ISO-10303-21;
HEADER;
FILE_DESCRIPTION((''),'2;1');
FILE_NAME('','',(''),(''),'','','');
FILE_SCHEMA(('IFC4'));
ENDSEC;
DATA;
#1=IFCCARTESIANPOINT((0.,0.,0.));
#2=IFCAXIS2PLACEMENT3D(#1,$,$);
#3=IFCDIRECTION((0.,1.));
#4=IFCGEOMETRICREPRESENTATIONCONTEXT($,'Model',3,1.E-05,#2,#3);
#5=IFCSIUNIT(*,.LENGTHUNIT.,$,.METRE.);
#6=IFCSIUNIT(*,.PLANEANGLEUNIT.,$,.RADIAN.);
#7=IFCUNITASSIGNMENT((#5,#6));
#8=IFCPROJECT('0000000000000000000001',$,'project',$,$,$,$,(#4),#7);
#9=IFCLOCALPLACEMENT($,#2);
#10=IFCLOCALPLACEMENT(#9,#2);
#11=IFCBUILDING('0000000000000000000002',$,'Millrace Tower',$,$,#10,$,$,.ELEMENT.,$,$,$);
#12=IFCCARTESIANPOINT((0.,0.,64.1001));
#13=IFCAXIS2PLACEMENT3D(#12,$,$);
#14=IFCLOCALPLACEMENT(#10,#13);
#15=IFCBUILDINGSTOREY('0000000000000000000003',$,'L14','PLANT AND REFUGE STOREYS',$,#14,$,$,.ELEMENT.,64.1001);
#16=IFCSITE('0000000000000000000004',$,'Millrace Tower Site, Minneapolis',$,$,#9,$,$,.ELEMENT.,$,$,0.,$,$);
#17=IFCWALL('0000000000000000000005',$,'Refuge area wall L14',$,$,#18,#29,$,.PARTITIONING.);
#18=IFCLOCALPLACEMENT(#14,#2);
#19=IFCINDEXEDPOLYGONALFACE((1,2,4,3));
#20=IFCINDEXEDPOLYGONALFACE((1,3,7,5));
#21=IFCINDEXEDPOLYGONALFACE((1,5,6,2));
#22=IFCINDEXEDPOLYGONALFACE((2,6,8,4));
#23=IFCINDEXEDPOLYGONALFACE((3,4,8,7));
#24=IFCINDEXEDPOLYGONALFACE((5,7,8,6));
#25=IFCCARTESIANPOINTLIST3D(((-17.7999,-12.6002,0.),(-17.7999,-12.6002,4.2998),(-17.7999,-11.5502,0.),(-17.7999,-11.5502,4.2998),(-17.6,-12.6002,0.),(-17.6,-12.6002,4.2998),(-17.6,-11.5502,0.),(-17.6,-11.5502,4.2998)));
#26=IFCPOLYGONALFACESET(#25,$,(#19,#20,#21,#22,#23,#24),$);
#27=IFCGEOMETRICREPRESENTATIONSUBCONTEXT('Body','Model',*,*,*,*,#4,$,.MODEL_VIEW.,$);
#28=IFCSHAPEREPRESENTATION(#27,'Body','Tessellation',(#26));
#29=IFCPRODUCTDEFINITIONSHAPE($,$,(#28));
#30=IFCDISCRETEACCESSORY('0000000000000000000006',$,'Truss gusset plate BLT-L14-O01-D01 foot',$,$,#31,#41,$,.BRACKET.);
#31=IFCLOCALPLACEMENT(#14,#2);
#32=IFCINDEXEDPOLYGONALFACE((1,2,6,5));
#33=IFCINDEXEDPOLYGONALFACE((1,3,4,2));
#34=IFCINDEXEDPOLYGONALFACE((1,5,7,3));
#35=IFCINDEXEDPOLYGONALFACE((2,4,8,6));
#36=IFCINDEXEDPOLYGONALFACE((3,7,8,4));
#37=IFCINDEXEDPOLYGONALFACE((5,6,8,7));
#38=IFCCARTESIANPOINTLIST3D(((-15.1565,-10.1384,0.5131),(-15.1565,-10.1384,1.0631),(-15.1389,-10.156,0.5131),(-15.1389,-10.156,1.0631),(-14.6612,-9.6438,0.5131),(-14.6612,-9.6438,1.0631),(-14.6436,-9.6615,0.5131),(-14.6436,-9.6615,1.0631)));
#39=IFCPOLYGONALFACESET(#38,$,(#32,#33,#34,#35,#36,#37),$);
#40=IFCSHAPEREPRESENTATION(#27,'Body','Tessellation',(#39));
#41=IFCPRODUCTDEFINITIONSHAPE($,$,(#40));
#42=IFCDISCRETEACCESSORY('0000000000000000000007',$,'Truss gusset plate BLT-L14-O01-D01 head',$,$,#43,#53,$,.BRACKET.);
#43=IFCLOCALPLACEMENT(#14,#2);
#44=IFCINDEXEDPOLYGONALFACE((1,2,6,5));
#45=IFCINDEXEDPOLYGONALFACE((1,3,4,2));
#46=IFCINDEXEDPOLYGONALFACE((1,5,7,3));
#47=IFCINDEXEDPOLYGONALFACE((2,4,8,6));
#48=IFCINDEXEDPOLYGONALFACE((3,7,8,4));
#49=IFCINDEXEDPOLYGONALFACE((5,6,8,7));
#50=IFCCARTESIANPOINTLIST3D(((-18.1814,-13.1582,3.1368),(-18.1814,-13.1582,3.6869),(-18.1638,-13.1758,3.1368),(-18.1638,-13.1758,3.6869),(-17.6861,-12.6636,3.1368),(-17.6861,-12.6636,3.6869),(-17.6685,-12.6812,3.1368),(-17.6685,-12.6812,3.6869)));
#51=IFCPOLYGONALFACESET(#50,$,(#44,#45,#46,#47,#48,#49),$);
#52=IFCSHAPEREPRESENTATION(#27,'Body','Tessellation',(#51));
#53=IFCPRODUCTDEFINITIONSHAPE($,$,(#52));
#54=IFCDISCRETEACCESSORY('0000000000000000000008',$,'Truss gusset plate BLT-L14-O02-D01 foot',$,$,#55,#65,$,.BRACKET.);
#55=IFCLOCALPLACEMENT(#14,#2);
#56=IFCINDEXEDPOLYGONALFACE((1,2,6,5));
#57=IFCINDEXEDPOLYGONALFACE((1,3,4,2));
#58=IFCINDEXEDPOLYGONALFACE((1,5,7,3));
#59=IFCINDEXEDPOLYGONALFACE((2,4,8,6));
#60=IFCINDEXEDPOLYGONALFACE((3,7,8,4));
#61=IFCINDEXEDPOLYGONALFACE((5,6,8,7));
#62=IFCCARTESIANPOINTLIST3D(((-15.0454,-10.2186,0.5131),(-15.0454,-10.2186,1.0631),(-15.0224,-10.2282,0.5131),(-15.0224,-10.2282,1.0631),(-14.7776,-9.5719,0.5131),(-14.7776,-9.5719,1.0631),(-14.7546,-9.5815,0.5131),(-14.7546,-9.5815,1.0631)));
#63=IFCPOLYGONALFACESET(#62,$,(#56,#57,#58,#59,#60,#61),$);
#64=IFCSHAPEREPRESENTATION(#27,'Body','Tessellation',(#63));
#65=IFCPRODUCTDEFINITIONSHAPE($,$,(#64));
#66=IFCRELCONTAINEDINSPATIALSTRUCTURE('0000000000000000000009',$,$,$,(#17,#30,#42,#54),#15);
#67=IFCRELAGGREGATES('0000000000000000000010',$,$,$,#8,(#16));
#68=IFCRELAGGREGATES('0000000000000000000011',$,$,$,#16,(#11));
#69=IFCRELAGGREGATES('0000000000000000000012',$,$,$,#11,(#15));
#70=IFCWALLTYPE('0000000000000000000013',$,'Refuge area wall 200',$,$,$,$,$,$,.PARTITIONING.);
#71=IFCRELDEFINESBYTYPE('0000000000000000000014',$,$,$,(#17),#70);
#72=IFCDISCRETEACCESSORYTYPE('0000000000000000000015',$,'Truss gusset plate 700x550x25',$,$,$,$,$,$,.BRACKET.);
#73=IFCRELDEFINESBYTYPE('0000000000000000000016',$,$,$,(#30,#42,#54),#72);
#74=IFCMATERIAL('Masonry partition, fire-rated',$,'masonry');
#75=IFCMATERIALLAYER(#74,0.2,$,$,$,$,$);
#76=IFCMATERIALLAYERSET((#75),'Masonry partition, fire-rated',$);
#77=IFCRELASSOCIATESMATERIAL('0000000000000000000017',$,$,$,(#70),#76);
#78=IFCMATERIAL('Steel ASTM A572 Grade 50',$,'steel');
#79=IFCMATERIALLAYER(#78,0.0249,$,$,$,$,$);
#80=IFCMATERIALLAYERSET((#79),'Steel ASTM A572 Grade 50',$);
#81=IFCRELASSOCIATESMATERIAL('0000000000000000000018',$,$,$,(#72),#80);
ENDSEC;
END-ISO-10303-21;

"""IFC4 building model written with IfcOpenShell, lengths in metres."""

from ifc_helpers import new_model, si_unit, direction, frame, frame_2d, origin, origin_2d, place, context, subcontext, project, spatial, rectangle, extrude, material, layer, layer_set, type_object, element, save


model = new_model("IFC4")

# Units and contexts
model_context = context("Model", 3, precision=1e-05, world=origin(), true_north=direction((0.0, 1.0)))
body_context = subcontext(model_context, "Body", "Model", "MODEL_VIEW")
ifc_project = project(units=[si_unit("LENGTHUNIT", "METRE"), si_unit("PLANEANGLEUNIT", "RADIAN")], contexts=[model_context])

# Site, building, storey
site_placement = place(None, origin())
site = spatial("IfcSite", under=ifc_project, at=site_placement, Name="Millrace Tower Site, Minneapolis", CompositionType="ELEMENT", RefElevation=0.0)
building_placement = place(site_placement, origin())
building = spatial("IfcBuilding", under=site, at=building_placement, Name="Millrace Tower", CompositionType="ELEMENT")
storey_placement = place(building_placement, frame((0.0, 0.0, 64.1001)))
storey = spatial("IfcBuildingStorey", under=building, at=storey_placement, Name="L14", Description="PLANT AND REFUGE STOREYS", CompositionType="ELEMENT", Elevation=64.1001)

# Wall
ifc_material_1 = material(Name="Masonry partition, fire-rated", Category="masonry")
ifc_layer_1 = layer(ifc_material_1, 0.2)
ifc_layer_set_1 = layer_set([ifc_layer_1], Name="Masonry partition, fire-rated")
wall_type_1 = type_object("IfcWallType", Name="Refuge area wall 200", PredefinedType="PARTITIONING", material=ifc_layer_set_1)
wall_1_placement = place(storey_placement, frame((-17.7, -12.6001, 0.0), z_axis=(0.0, 0.0, 1.0), x_axis=(0.0, 1.0, 0.0)))
element("IfcWall", 1, at=wall_1_placement, inside=storey, type_object=wall_type_1, Name="Refuge area wall L14", PredefinedType="PARTITIONING", context=body_context, shape_type="SweptSolid", body=[
    extrude(rectangle(XDim=1.05, YDim=0.2, at=frame_2d((0.5249, 0.0))), origin(), (0.0, 0.0, 1.0), 4.2998),
])

# Discrete accessories
ifc_material_2 = material(Name="Steel ASTM A572 Grade 50", Category="steel")
ifc_layer_2 = layer(ifc_material_2, 0.0249)
ifc_layer_set_2 = layer_set([ifc_layer_2], Name="Steel ASTM A572 Grade 50")
discrete_accessory_type = type_object("IfcDiscreteAccessoryType", Name="Truss gusset plate 700x550x25", PredefinedType="BRACKET", material=ifc_layer_set_2)
for number, where, z_axis, x_axis, name in (
    (2, (-15.1477, -10.1472, 0.7881), (0.70763, 0.706583, 0.0), (-0.706583, 0.70763, 0.0), "Truss gusset plate BLT-L14-O01-D01 foot"),
    (3, (-18.1726, -13.167, 3.4119), (0.70763, 0.706583, 0.0), (-0.706583, 0.70763, 0.0), "Truss gusset plate BLT-L14-O01-D01 head"),
    (4, (-15.0339, -10.2234, 0.7881), (0.382608, 0.923911, 0.0), (-0.923911, 0.382608, 0.0), "Truss gusset plate BLT-L14-O02-D01 foot"),
):
    element("IfcDiscreteAccessory", number, at=place(storey_placement, frame(where, z_axis=z_axis, x_axis=x_axis)), inside=storey, type_object=discrete_accessory_type, Name=name, PredefinedType="BRACKET", context=body_context, shape_type="SweptSolid", body=[
        extrude(rectangle(XDim=0.0249, YDim=0.55, at=origin_2d()), origin(), (0.0, 0.0, 1.0), 0.7),
    ])

save(model, "model.ifc")
